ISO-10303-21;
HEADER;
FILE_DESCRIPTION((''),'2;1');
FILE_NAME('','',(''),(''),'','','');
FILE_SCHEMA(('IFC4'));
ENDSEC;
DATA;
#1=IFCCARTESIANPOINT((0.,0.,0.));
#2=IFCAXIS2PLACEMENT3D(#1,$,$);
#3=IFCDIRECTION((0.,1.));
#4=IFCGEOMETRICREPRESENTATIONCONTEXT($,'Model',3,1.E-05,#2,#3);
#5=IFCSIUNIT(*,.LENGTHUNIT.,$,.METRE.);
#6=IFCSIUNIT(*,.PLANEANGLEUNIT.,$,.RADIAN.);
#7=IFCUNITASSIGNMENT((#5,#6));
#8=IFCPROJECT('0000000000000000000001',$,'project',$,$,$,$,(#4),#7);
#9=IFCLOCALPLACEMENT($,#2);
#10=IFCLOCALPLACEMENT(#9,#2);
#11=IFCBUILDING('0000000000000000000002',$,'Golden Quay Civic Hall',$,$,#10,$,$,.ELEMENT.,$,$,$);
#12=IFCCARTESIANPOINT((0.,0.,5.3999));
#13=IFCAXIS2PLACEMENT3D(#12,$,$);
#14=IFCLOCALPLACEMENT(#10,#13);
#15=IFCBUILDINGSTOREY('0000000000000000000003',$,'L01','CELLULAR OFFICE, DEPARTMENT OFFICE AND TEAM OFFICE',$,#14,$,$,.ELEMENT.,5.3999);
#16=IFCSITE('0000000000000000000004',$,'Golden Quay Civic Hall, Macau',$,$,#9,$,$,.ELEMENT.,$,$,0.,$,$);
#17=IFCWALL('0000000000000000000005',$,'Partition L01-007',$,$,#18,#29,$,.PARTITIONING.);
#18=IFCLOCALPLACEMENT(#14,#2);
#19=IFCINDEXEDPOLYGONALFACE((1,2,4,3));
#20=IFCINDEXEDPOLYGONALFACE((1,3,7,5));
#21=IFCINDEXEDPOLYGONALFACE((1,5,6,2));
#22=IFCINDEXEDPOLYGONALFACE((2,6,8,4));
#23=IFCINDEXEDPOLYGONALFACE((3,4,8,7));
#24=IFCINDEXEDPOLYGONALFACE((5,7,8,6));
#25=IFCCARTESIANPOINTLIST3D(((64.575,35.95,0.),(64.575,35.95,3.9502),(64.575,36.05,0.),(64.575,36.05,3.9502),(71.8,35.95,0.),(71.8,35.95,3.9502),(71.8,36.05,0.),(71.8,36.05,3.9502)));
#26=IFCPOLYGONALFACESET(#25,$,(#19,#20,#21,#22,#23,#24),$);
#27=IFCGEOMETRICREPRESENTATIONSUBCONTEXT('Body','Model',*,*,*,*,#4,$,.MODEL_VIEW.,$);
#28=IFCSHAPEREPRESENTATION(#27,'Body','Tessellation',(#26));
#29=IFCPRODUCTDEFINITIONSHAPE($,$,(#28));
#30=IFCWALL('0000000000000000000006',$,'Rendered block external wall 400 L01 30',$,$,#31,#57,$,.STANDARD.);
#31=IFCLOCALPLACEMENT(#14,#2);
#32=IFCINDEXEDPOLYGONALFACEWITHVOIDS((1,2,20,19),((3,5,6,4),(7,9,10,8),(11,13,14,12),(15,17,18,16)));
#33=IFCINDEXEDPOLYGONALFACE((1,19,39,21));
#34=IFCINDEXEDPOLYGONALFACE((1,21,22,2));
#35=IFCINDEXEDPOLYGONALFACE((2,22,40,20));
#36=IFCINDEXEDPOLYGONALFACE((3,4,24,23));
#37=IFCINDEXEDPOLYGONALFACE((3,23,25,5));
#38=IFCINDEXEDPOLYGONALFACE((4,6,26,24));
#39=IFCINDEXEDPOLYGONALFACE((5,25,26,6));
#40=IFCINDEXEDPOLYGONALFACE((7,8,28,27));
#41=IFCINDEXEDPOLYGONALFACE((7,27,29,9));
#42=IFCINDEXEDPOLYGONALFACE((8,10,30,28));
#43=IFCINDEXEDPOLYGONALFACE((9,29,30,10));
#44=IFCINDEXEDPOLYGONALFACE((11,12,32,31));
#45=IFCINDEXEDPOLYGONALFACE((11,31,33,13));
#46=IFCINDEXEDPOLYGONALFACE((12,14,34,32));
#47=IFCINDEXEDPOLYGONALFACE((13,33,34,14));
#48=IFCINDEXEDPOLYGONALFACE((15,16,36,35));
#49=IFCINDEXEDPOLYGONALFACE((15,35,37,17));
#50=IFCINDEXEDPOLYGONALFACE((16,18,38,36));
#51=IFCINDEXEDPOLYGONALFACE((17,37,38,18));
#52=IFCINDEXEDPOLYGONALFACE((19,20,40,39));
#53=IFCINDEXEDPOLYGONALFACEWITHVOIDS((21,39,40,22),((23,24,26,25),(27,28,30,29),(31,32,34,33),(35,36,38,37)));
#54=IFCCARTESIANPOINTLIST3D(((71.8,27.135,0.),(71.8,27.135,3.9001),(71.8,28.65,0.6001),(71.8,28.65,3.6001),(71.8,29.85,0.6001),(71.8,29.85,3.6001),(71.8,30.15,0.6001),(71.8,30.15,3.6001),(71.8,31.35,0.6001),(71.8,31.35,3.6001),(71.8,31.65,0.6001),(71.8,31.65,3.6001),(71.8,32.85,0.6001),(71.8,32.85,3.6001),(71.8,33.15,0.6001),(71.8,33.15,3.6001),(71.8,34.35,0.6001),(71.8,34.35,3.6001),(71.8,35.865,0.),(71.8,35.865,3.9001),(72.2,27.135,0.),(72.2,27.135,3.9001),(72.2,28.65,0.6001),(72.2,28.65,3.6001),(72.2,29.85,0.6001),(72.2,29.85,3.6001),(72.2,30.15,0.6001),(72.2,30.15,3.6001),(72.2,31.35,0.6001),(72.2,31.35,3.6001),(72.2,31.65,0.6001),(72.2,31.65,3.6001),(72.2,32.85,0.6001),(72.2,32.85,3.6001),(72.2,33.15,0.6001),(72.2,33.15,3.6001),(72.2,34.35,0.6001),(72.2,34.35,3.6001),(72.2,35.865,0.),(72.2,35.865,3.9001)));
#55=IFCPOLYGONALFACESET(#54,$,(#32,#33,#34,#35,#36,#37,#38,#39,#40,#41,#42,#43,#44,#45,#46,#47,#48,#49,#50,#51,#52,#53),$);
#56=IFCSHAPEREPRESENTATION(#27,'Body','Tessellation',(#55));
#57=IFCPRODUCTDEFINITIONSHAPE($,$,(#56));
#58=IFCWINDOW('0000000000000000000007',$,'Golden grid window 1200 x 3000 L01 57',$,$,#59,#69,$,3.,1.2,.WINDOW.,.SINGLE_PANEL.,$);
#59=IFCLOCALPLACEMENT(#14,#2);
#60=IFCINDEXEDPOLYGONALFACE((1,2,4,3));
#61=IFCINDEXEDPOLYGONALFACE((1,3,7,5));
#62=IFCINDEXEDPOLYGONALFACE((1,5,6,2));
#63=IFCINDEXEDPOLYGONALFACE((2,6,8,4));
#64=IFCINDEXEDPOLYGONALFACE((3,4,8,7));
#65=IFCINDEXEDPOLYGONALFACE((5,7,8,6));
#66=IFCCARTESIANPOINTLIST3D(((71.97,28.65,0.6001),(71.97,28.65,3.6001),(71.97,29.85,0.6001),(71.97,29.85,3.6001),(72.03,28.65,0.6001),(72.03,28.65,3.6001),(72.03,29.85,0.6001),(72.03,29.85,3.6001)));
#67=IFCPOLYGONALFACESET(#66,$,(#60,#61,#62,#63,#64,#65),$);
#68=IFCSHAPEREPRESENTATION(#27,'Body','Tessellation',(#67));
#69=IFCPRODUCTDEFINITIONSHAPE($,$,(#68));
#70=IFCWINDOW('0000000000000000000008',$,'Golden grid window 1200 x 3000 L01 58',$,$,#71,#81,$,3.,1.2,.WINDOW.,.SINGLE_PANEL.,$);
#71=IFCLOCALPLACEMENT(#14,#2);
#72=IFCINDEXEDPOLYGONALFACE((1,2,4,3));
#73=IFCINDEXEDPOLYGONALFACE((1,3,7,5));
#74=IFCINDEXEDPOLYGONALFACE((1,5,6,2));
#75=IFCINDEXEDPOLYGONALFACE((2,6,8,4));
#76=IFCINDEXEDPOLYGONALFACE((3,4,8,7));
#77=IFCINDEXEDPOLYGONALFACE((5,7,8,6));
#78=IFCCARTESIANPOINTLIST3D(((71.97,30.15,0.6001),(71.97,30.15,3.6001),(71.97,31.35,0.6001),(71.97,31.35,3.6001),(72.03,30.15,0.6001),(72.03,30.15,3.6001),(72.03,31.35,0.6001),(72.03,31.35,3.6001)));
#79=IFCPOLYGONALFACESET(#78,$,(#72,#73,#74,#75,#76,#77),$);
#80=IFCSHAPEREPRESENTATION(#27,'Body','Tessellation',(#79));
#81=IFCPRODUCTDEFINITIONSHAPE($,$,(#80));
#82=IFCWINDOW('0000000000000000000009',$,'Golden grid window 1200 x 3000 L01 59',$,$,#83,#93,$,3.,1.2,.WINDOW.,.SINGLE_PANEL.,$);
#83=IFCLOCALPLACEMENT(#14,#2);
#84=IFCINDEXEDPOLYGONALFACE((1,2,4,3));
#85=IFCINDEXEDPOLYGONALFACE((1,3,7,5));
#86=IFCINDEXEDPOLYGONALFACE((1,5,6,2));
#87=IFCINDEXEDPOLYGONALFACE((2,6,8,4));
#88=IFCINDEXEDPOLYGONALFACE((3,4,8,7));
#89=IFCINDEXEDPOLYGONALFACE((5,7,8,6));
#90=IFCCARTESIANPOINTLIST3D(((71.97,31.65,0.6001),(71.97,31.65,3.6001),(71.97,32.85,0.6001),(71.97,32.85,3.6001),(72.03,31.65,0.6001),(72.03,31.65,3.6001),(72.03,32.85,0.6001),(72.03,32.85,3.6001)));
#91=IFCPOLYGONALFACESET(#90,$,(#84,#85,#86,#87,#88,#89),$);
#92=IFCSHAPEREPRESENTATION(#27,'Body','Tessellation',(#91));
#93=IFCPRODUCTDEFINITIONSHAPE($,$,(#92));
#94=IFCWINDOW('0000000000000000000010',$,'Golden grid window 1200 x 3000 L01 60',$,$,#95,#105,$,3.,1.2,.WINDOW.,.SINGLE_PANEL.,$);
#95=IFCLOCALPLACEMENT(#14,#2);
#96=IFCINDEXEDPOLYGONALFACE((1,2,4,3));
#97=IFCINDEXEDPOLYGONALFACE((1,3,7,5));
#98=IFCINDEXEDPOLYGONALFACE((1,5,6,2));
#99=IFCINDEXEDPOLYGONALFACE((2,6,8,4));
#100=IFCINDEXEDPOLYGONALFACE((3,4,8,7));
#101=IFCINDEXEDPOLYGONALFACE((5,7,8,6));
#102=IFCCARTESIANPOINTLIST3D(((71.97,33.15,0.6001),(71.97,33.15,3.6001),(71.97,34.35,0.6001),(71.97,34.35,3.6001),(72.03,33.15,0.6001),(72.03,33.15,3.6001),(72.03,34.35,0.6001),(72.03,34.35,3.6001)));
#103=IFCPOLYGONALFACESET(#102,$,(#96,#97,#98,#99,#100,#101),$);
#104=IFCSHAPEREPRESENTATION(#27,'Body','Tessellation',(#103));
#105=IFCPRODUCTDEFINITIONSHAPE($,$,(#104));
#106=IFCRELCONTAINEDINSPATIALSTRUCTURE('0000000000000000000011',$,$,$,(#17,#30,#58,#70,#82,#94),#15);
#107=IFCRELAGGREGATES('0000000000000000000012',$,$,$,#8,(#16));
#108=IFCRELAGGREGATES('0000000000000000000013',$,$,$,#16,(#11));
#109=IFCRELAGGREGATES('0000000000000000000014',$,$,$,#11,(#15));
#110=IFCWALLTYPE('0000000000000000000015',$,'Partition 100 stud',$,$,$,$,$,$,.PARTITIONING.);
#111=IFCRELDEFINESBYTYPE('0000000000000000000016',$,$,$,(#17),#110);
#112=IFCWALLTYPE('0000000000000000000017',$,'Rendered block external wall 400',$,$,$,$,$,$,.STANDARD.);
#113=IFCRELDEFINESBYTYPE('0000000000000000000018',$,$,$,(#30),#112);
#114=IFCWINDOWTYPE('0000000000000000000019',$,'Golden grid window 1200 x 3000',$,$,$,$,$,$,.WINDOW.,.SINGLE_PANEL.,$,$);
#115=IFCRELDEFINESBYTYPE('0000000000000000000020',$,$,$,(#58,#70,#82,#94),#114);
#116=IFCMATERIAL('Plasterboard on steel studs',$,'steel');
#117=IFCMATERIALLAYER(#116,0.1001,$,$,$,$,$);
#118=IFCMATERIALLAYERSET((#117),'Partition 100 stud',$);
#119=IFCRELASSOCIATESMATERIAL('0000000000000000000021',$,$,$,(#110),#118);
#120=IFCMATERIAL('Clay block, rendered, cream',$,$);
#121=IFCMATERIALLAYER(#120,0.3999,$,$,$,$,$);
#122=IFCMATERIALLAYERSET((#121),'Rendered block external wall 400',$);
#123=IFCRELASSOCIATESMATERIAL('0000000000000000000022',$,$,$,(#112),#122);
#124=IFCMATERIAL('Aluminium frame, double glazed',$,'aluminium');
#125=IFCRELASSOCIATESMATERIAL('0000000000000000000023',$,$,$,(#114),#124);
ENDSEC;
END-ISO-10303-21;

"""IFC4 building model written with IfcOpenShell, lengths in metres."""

from ifc_helpers import new_model, si_unit, direction, frame, frame_2d, origin, place, context, subcontext, project, spatial, rectangle, extrude, material, layer, layer_set, type_object, element, fill, save


model = new_model("IFC4")

# Units and contexts
model_context = context("Model", 3, precision=1e-05, world=origin(), true_north=direction((0.0, 1.0)))
body_context = subcontext(model_context, "Body", "Model", "MODEL_VIEW")
ifc_project = project(units=[si_unit("LENGTHUNIT", "METRE"), si_unit("PLANEANGLEUNIT", "RADIAN")], contexts=[model_context])

# Site, building, storey
site_placement = place(None, origin())
site = spatial("IfcSite", under=ifc_project, at=site_placement, Name="Golden Quay Civic Hall, Macau", CompositionType="ELEMENT", RefElevation=0.0)
building_placement = place(site_placement, origin())
building = spatial("IfcBuilding", under=site, at=building_placement, Name="Golden Quay Civic Hall", CompositionType="ELEMENT")
storey_placement = place(building_placement, frame((0.0, 0.0, 5.3999)))
storey = spatial("IfcBuildingStorey", under=building, at=storey_placement, Name="L01", Description="CELLULAR OFFICE, DEPARTMENT OFFICE AND TEAM OFFICE", CompositionType="ELEMENT", Elevation=5.3999)

# Wall
ifc_material_1 = material(Name="Plasterboard on steel studs", Category="steel")
ifc_layer_1 = layer(ifc_material_1, 0.1001)
ifc_layer_set_1 = layer_set([ifc_layer_1], Name="Partition 100 stud")
wall_type_1 = type_object("IfcWallType", Name="Partition 100 stud", PredefinedType="PARTITIONING", material=ifc_layer_set_1)
wall_1_placement = place(storey_placement, frame((64.575, 36.0, 0.0), z_axis=(0.0, 0.0, 1.0), x_axis=(1.0, 0.0, 0.0)))
element("IfcWall", 1, at=wall_1_placement, inside=storey, type_object=wall_type_1, Name="Partition L01-007", PredefinedType="PARTITIONING", context=body_context, shape_type="SweptSolid", body=[
    extrude(rectangle(XDim=7.2251, YDim=0.1001, at=frame_2d((3.6125, 0.0))), origin(), (0.0, 0.0, 1.0), 3.9502),
])

# Wall, openings, windows
ifc_material_2 = material(Name="Clay block, rendered, cream")
ifc_layer_2 = layer(ifc_material_2, 0.3999)
ifc_layer_set_2 = layer_set([ifc_layer_2], Name="Rendered block external wall 400")
wall_type_2 = type_object("IfcWallType", Name="Rendered block external wall 400", PredefinedType="STANDARD", material=ifc_layer_set_2)
wall_2_placement = place(storey_placement, frame((72.0, 35.865, 0.0), z_axis=(0.0, 0.0, 1.0), x_axis=(0.0, -1.0, 0.0)))
wall_2 = element("IfcWall", 2, at=wall_2_placement, inside=storey, type_object=wall_type_2, Name="Rendered block external wall 400 L01 30", PredefinedType="STANDARD", context=body_context, shape_type="SweptSolid", body=[
    extrude(rectangle(XDim=8.73, YDim=0.3999, at=frame_2d((4.365, 0.0))), origin(), (0.0, 0.0, 1.0), 3.9001),
])
opening_1_placement = place(wall_2_placement, frame((6.0149, 0.0, 0.6001)))
opening_1 = element("IfcOpeningElement", 3, at=opening_1_placement, cuts=wall_2, PredefinedType="OPENING", context=body_context, shape_type="SweptSolid", body=[
    extrude(rectangle(XDim=1.2, YDim=3.0, at=frame_2d((0.6001, 1.5))), frame((0.0, 0.21, 0.0), z_axis=(0.0, -1.0, 0.0), x_axis=(1.0, 0.0, 0.0)), (0.0, 0.0, 1.0), 0.4199),
])
opening_2_placement = place(wall_2_placement, frame((4.5149, 0.0, 0.6001)))
opening_2 = element("IfcOpeningElement", 4, at=opening_2_placement, cuts=wall_2, PredefinedType="OPENING", context=body_context, shape_type="SweptSolid", body=[
    extrude(rectangle(XDim=1.2, YDim=3.0, at=frame_2d((0.6001, 1.5))), frame((0.0, 0.21, 0.0), z_axis=(0.0, -1.0, 0.0), x_axis=(1.0, 0.0, 0.0)), (0.0, 0.0, 1.0), 0.4199),
])
opening_3_placement = place(wall_2_placement, frame((3.0149, 0.0, 0.6001)))
opening_3 = element("IfcOpeningElement", 5, at=opening_3_placement, cuts=wall_2, PredefinedType="OPENING", context=body_context, shape_type="SweptSolid", body=[
    extrude(rectangle(XDim=1.2, YDim=3.0, at=frame_2d((0.6001, 1.5))), frame((0.0, 0.21, 0.0), z_axis=(0.0, -1.0, 0.0), x_axis=(1.0, 0.0, 0.0)), (0.0, 0.0, 1.0), 0.4199),
])
opening_4_placement = place(wall_2_placement, frame((1.5149, 0.0, 0.6001)))
opening_4 = element("IfcOpeningElement", 6, at=opening_4_placement, cuts=wall_2, PredefinedType="OPENING", context=body_context, shape_type="SweptSolid", body=[
    extrude(rectangle(XDim=1.2, YDim=3.0, at=frame_2d((0.6001, 1.5))), frame((0.0, 0.21, 0.0), z_axis=(0.0, -1.0, 0.0), x_axis=(1.0, 0.0, 0.0)), (0.0, 0.0, 1.0), 0.4199),
])
ifc_material_3 = material(Name="Aluminium frame, double glazed", Category="aluminium")
window_type = type_object("IfcWindowType", Name="Golden grid window 1200 x 3000", PartitioningType="SINGLE_PANEL", PredefinedType="WINDOW", material=ifc_material_3)
window_1_placement = place(opening_1_placement, origin())
window_1 = element("IfcWindow", 7, at=window_1_placement, inside=storey, type_object=window_type, Name="Golden grid window 1200 x 3000 L01 57", OverallHeight=3.0, OverallWidth=1.2, PartitioningType="SINGLE_PANEL", PredefinedType="WINDOW", context=body_context, shape_type="SweptSolid", body=[
    extrude(rectangle(XDim=1.2, YDim=3.0, at=frame_2d((0.6001, 1.5))), frame((0.0, 0.03, 0.0), z_axis=(0.0, -1.0, 0.0), x_axis=(1.0, 0.0, 0.0)), (0.0, 0.0, 1.0), 0.0601),
])
fill(opening_1, window_1)
window_2_placement = place(opening_2_placement, origin())
window_2 = element("IfcWindow", 8, at=window_2_placement, inside=storey, type_object=window_type, Name="Golden grid window 1200 x 3000 L01 58", OverallHeight=3.0, OverallWidth=1.2, PartitioningType="SINGLE_PANEL", PredefinedType="WINDOW", context=body_context, shape_type="SweptSolid", body=[
    extrude(rectangle(XDim=1.2, YDim=3.0, at=frame_2d((0.6001, 1.5))), frame((0.0, 0.03, 0.0), z_axis=(0.0, -1.0, 0.0), x_axis=(1.0, 0.0, 0.0)), (0.0, 0.0, 1.0), 0.0601),
])
fill(opening_2, window_2)
window_3_placement = place(opening_3_placement, origin())
window_3 = element("IfcWindow", 9, at=window_3_placement, inside=storey, type_object=window_type, Name="Golden grid window 1200 x 3000 L01 59", OverallHeight=3.0, OverallWidth=1.2, PartitioningType="SINGLE_PANEL", PredefinedType="WINDOW", context=body_context, shape_type="SweptSolid", body=[
    extrude(rectangle(XDim=1.2, YDim=3.0, at=frame_2d((0.6001, 1.5))), frame((0.0, 0.03, 0.0), z_axis=(0.0, -1.0, 0.0), x_axis=(1.0, 0.0, 0.0)), (0.0, 0.0, 1.0), 0.0601),
])
fill(opening_3, window_3)
window_4_placement = place(opening_4_placement, origin())
window_4 = element("IfcWindow", 10, at=window_4_placement, inside=storey, type_object=window_type, Name="Golden grid window 1200 x 3000 L01 60", OverallHeight=3.0, OverallWidth=1.2, PartitioningType="SINGLE_PANEL", PredefinedType="WINDOW", context=body_context, shape_type="SweptSolid", body=[
    extrude(rectangle(XDim=1.2, YDim=3.0, at=frame_2d((0.6001, 1.5))), frame((0.0, 0.03, 0.0), z_axis=(0.0, -1.0, 0.0), x_axis=(1.0, 0.0, 0.0)), (0.0, 0.0, 1.0), 0.0601),
])
fill(opening_4, window_4)

save(model, "model.ifc")
